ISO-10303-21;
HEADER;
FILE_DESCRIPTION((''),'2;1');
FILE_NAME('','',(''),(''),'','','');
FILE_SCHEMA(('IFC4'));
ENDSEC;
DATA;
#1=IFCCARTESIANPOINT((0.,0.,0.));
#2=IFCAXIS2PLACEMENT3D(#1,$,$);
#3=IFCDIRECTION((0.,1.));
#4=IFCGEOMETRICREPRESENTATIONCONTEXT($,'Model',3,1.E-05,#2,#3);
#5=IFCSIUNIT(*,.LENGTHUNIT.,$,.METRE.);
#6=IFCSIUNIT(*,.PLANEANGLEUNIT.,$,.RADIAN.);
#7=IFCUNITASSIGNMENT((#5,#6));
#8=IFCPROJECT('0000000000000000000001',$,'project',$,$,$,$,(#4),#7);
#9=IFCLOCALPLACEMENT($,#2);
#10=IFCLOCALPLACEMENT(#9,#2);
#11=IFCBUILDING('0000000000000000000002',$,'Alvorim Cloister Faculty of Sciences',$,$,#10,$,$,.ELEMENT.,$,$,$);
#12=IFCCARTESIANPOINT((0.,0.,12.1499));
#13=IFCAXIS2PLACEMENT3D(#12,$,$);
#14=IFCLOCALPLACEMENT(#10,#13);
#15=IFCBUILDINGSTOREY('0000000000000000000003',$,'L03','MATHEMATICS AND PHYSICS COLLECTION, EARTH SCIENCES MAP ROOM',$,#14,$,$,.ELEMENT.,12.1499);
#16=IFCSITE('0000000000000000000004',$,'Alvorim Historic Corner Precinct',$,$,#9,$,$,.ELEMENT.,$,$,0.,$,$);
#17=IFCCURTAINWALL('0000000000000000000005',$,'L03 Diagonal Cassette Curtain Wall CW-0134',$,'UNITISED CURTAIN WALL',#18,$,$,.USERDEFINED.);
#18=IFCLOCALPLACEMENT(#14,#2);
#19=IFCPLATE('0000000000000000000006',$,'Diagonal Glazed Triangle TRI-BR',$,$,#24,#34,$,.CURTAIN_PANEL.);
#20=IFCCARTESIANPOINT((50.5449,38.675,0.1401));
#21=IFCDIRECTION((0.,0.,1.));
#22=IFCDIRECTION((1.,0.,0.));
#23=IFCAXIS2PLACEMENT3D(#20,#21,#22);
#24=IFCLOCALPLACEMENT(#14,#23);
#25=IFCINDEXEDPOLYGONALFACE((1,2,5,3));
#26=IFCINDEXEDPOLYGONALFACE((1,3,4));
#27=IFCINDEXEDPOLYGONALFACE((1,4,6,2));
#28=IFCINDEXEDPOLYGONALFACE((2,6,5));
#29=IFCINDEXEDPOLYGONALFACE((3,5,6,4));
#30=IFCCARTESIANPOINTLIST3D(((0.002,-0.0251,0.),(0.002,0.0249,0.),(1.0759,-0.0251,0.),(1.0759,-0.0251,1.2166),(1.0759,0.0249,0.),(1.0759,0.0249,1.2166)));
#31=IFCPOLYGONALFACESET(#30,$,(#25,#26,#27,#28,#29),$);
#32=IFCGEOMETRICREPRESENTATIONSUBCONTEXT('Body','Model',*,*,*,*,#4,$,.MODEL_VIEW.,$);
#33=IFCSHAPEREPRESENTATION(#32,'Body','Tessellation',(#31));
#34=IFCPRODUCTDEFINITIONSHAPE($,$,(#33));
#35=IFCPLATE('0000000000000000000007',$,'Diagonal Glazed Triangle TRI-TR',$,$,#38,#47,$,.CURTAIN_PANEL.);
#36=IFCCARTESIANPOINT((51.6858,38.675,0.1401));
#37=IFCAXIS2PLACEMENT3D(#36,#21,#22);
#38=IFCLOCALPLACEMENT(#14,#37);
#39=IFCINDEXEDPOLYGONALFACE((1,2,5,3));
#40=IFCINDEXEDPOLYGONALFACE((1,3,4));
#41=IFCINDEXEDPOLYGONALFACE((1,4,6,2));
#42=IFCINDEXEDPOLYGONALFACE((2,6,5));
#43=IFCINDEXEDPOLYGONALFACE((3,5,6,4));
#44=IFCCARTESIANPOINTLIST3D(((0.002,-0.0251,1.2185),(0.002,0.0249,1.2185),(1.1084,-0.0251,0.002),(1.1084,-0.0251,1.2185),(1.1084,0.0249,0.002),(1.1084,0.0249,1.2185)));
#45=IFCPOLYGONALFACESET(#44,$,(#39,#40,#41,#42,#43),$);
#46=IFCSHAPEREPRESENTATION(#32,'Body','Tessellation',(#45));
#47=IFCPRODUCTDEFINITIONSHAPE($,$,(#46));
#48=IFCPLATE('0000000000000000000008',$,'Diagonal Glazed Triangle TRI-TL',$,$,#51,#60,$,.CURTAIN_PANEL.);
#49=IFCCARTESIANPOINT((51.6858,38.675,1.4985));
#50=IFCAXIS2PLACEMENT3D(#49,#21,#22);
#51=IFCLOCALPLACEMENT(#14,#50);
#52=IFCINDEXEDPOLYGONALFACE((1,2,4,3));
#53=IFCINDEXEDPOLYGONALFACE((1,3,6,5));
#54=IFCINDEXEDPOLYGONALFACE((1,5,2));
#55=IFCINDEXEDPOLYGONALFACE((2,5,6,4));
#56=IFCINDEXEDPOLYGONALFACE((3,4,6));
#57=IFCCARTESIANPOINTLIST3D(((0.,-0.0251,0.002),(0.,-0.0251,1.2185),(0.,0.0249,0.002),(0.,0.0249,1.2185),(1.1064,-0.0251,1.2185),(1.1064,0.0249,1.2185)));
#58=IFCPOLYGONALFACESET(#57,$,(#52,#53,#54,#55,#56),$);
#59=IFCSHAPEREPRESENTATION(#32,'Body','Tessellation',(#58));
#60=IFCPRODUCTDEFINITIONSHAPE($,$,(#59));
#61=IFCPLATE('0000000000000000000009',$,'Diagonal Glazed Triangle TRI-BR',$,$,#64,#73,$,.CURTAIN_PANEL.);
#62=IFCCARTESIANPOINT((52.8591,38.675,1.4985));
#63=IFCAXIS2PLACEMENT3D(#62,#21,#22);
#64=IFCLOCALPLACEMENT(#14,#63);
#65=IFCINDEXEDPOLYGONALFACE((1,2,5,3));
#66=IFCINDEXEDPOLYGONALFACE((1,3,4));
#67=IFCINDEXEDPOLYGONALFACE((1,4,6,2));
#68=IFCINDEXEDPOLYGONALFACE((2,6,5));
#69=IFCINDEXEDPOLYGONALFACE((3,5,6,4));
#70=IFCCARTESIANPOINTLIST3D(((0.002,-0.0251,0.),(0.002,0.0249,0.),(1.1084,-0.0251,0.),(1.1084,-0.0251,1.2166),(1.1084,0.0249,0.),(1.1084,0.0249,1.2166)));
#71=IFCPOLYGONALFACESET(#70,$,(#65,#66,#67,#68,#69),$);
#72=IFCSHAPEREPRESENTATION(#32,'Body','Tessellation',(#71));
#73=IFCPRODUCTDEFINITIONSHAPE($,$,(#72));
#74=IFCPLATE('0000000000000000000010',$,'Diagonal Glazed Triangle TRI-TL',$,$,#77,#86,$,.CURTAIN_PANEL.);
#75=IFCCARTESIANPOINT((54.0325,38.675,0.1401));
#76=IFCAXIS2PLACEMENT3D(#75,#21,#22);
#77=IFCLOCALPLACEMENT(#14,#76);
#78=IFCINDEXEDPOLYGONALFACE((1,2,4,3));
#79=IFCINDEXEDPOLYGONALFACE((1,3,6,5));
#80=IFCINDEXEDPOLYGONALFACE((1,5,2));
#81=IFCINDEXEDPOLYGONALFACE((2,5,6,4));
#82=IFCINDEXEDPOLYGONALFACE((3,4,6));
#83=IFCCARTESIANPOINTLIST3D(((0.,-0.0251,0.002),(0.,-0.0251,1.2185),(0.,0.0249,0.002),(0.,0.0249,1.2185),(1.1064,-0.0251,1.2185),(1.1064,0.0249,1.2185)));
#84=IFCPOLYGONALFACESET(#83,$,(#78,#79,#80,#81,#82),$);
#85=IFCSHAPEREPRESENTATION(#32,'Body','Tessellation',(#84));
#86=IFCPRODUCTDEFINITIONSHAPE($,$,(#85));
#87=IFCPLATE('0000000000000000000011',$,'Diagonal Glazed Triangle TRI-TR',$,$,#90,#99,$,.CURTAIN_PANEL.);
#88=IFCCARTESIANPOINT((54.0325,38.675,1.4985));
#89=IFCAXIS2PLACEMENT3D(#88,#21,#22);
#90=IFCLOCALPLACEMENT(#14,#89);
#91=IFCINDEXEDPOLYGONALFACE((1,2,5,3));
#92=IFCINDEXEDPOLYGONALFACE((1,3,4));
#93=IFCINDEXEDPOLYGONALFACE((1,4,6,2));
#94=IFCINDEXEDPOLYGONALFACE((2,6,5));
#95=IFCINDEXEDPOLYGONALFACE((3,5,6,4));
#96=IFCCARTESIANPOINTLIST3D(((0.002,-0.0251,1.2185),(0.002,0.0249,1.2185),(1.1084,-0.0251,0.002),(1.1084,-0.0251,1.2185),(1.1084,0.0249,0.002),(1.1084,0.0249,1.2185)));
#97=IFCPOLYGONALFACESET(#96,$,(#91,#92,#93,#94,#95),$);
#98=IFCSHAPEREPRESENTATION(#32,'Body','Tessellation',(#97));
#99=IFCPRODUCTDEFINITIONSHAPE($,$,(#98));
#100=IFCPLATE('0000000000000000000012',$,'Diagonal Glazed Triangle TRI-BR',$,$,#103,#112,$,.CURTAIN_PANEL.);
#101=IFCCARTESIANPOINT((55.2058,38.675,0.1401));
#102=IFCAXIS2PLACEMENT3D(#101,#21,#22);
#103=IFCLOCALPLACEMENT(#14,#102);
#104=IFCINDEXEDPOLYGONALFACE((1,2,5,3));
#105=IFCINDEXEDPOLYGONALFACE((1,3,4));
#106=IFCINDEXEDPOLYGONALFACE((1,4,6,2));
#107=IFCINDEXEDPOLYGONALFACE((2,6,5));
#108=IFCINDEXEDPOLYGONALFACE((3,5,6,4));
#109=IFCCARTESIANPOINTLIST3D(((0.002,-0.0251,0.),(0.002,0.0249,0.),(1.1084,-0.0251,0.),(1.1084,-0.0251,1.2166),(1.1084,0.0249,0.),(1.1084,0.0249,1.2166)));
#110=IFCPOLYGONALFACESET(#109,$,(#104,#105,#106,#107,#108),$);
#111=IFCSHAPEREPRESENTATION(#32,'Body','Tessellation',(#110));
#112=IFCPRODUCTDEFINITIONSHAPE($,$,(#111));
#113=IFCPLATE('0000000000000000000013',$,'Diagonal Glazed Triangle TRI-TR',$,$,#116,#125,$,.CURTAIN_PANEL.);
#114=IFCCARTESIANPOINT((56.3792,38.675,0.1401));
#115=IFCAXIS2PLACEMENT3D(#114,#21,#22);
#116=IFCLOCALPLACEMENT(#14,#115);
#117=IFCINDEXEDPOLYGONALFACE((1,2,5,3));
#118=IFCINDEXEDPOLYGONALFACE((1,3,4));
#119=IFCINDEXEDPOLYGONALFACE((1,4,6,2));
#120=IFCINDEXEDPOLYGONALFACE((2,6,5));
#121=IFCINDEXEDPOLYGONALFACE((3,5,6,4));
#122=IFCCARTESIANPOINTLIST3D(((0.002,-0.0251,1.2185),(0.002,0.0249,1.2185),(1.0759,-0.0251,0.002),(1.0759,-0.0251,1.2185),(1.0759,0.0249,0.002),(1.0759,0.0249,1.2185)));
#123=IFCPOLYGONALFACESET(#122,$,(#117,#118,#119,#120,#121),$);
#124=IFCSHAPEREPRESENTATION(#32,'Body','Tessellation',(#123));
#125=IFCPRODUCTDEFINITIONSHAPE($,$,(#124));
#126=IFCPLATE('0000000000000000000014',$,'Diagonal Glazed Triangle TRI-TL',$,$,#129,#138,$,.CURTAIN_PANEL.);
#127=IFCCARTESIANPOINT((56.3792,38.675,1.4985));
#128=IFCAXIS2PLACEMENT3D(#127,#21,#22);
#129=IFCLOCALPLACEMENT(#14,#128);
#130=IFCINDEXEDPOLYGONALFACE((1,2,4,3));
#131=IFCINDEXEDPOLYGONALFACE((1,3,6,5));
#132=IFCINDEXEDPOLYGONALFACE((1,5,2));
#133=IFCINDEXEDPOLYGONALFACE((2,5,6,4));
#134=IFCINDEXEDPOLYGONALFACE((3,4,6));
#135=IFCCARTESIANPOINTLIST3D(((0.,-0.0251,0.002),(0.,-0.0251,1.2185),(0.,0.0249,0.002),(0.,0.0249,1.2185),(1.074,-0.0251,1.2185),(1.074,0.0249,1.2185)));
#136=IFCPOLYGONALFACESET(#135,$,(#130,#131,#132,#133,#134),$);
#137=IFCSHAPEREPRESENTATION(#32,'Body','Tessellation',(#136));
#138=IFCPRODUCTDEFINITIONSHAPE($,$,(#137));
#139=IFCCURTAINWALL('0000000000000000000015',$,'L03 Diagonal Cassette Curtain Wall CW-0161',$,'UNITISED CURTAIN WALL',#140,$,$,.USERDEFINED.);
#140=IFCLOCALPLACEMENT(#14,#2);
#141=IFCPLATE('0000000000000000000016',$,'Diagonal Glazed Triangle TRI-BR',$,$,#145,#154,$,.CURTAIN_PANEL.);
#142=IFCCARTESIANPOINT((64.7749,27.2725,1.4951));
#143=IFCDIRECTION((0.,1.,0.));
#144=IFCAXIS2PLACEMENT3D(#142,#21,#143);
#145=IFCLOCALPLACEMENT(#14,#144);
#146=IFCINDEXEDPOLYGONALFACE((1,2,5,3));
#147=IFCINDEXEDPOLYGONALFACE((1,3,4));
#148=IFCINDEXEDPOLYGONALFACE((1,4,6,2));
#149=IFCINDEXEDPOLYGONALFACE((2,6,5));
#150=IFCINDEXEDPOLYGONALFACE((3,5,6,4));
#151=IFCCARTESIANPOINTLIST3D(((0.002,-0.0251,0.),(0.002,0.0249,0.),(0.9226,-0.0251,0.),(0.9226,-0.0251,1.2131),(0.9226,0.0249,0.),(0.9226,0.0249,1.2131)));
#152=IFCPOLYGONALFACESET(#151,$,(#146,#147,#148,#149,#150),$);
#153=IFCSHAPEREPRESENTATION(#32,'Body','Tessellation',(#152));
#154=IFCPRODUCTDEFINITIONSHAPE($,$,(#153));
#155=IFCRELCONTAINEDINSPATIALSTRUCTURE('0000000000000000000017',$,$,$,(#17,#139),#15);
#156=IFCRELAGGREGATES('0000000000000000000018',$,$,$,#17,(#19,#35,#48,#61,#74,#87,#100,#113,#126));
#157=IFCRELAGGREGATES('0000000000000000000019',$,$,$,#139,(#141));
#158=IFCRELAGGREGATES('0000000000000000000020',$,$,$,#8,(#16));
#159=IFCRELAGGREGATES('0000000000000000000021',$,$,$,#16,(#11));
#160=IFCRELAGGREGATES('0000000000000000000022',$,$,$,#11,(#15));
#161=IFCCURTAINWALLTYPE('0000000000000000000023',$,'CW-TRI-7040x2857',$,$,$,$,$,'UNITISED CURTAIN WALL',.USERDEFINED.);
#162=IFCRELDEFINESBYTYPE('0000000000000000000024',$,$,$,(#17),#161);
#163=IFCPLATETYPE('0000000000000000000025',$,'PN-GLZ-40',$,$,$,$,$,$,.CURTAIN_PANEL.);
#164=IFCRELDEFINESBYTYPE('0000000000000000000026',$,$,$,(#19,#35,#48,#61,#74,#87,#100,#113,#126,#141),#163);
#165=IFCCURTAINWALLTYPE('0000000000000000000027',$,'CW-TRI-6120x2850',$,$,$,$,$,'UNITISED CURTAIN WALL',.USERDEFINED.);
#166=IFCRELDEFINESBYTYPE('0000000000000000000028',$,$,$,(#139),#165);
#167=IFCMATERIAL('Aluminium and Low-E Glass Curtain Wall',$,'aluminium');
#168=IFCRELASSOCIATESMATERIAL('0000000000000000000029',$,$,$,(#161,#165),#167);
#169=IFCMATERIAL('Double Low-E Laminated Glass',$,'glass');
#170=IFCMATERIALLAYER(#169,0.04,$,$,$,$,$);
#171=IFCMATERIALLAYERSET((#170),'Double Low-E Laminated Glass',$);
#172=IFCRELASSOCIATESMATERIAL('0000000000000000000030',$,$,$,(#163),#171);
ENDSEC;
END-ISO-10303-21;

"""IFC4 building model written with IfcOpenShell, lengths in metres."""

from ifc_helpers import new_model, si_unit, direction, frame, origin, place, context, subcontext, project, spatial, polyline, outline, extrude, material, layer, layer_set, type_object, element, aggregate, save


model = new_model("IFC4")

# Units and contexts
model_context = context("Model", 3, precision=1e-05, world=origin(), true_north=direction((0.0, 1.0)))
body_context = subcontext(model_context, "Body", "Model", "MODEL_VIEW")
ifc_project = project(units=[si_unit("LENGTHUNIT", "METRE"), si_unit("PLANEANGLEUNIT", "RADIAN")], contexts=[model_context])

# Site, building, storey
site_placement = place(None, origin())
site = spatial("IfcSite", under=ifc_project, at=site_placement, Name="Alvorim Historic Corner Precinct", CompositionType="ELEMENT", RefElevation=0.0)
building_placement = place(site_placement, origin())
building = spatial("IfcBuilding", under=site, at=building_placement, Name="Alvorim Cloister Faculty of Sciences", CompositionType="ELEMENT")
storey_placement = place(building_placement, frame((0.0, 0.0, 12.1499)))
storey = spatial("IfcBuildingStorey", under=building, at=storey_placement, Name="L03", Description="MATHEMATICS AND PHYSICS COLLECTION, EARTH SCIENCES MAP ROOM", CompositionType="ELEMENT", Elevation=12.1499)

# Curtain wall, plates
ifc_material_1 = material(Name="Aluminium and Low-E Glass Curtain Wall", Category="aluminium")
curtain_wall_type_1 = type_object("IfcCurtainWallType", Name="CW-TRI-7040x2857", ElementType="UNITISED CURTAIN WALL", PredefinedType="USERDEFINED", material=ifc_material_1)
curtain_wall_1_placement = place(storey_placement, origin())
curtain_wall_1 = element("IfcCurtainWall", 1, at=curtain_wall_1_placement, inside=storey, type_object=curtain_wall_type_1, Name="L03 Diagonal Cassette Curtain Wall CW-0134", ObjectType="UNITISED CURTAIN WALL", PredefinedType="USERDEFINED")
ifc_material_2 = material(Name="Double Low-E Laminated Glass", Category="glass")
ifc_layer_1 = layer(ifc_material_2, 0.04)
ifc_layer_set_1 = layer_set([ifc_layer_1], Name="Double Low-E Laminated Glass")
plate_type = type_object("IfcPlateType", Name="PN-GLZ-40", PredefinedType="CURTAIN_PANEL", material=ifc_layer_set_1)
plate_1_placement = place(storey_placement, frame((50.5449, 38.675, 0.1401), z_axis=(0.0, 0.0, 1.0), x_axis=(1.0, 0.0, 0.0)))
plate_1 = element("IfcPlate", 2, at=plate_1_placement, type_object=plate_type, Name="Diagonal Glazed Triangle TRI-BR", PredefinedType="CURTAIN_PANEL", context=body_context, shape_type="SweptSolid", body=[
    extrude(outline(polyline([(0.002, 0.0), (1.0759, 0.0), (1.0759, 1.2166), (0.002, 0.0)])), frame((0.0, 0.0249, 0.0), z_axis=(0.0, -1.0, 0.0), x_axis=(1.0, 0.0, 0.0)), (0.0, 0.0, 1.0), 0.05),
])
plate_2_placement = place(storey_placement, frame((51.6858, 38.675, 0.1401), z_axis=(0.0, 0.0, 1.0), x_axis=(1.0, 0.0, 0.0)))
plate_2 = element("IfcPlate", 3, at=plate_2_placement, type_object=plate_type, Name="Diagonal Glazed Triangle TRI-TR", PredefinedType="CURTAIN_PANEL", context=body_context, shape_type="SweptSolid", body=[
    extrude(outline(polyline([(1.1084, 0.002), (1.1084, 1.2185), (0.002, 1.2185), (1.1084, 0.002)])), frame((0.0, 0.0249, 0.0), z_axis=(0.0, -1.0, 0.0), x_axis=(1.0, 0.0, 0.0)), (0.0, 0.0, 1.0), 0.05),
])
plate_3_placement = place(storey_placement, frame((51.6858, 38.675, 1.4985), z_axis=(0.0, 0.0, 1.0), x_axis=(1.0, 0.0, 0.0)))
plate_3 = element("IfcPlate", 4, at=plate_3_placement, type_object=plate_type, Name="Diagonal Glazed Triangle TRI-TL", PredefinedType="CURTAIN_PANEL", context=body_context, shape_type="SweptSolid", body=[
    extrude(outline(polyline([(1.1064, 1.2185), (0.0, 1.2185), (0.0, 0.002), (1.1064, 1.2185)])), frame((0.0, 0.0249, 0.0), z_axis=(0.0, -1.0, 0.0), x_axis=(1.0, 0.0, 0.0)), (0.0, 0.0, 1.0), 0.05),
])
plate_4_placement = place(storey_placement, frame((52.8591, 38.675, 1.4985), z_axis=(0.0, 0.0, 1.0), x_axis=(1.0, 0.0, 0.0)))
plate_4 = element("IfcPlate", 5, at=plate_4_placement, type_object=plate_type, Name="Diagonal Glazed Triangle TRI-BR", PredefinedType="CURTAIN_PANEL", context=body_context, shape_type="SweptSolid", body=[
    extrude(outline(polyline([(0.002, 0.0), (1.1084, 0.0), (1.1084, 1.2166), (0.002, 0.0)])), frame((0.0, 0.0249, 0.0), z_axis=(0.0, -1.0, 0.0), x_axis=(1.0, 0.0, 0.0)), (0.0, 0.0, 1.0), 0.05),
])
plate_5_placement = place(storey_placement, frame((54.0325, 38.675, 0.1401), z_axis=(0.0, 0.0, 1.0), x_axis=(1.0, 0.0, 0.0)))
plate_5 = element("IfcPlate", 6, at=plate_5_placement, type_object=plate_type, Name="Diagonal Glazed Triangle TRI-TL", PredefinedType="CURTAIN_PANEL", context=body_context, shape_type="SweptSolid", body=[
    extrude(outline(polyline([(1.1064, 1.2185), (0.0, 1.2185), (0.0, 0.002), (1.1064, 1.2185)])), frame((0.0, 0.0249, 0.0), z_axis=(0.0, -1.0, 0.0), x_axis=(1.0, 0.0, 0.0)), (0.0, 0.0, 1.0), 0.05),
])
plate_6_placement = place(storey_placement, frame((54.0325, 38.675, 1.4985), z_axis=(0.0, 0.0, 1.0), x_axis=(1.0, 0.0, 0.0)))
plate_6 = element("IfcPlate", 7, at=plate_6_placement, type_object=plate_type, Name="Diagonal Glazed Triangle TRI-TR", PredefinedType="CURTAIN_PANEL", context=body_context, shape_type="SweptSolid", body=[
    extrude(outline(polyline([(1.1084, 0.002), (1.1084, 1.2185), (0.002, 1.2185), (1.1084, 0.002)])), frame((0.0, 0.0249, 0.0), z_axis=(0.0, -1.0, 0.0), x_axis=(1.0, 0.0, 0.0)), (0.0, 0.0, 1.0), 0.05),
])
plate_7_placement = place(storey_placement, frame((55.2058, 38.675, 0.1401), z_axis=(0.0, 0.0, 1.0), x_axis=(1.0, 0.0, 0.0)))
plate_7 = element("IfcPlate", 8, at=plate_7_placement, type_object=plate_type, Name="Diagonal Glazed Triangle TRI-BR", PredefinedType="CURTAIN_PANEL", context=body_context, shape_type="SweptSolid", body=[
    extrude(outline(polyline([(0.002, 0.0), (1.1084, 0.0), (1.1084, 1.2166), (0.002, 0.0)])), frame((0.0, 0.0249, 0.0), z_axis=(0.0, -1.0, 0.0), x_axis=(1.0, 0.0, 0.0)), (0.0, 0.0, 1.0), 0.05),
])
plate_8_placement = place(storey_placement, frame((56.3792, 38.675, 0.1401), z_axis=(0.0, 0.0, 1.0), x_axis=(1.0, 0.0, 0.0)))
plate_8 = element("IfcPlate", 9, at=plate_8_placement, type_object=plate_type, Name="Diagonal Glazed Triangle TRI-TR", PredefinedType="CURTAIN_PANEL", context=body_context, shape_type="SweptSolid", body=[
    extrude(outline(polyline([(1.0759, 0.002), (1.0759, 1.2185), (0.002, 1.2185), (1.0759, 0.002)])), frame((0.0, 0.0249, 0.0), z_axis=(0.0, -1.0, 0.0), x_axis=(1.0, 0.0, 0.0)), (0.0, 0.0, 1.0), 0.05),
])
plate_9_placement = place(storey_placement, frame((56.3792, 38.675, 1.4985), z_axis=(0.0, 0.0, 1.0), x_axis=(1.0, 0.0, 0.0)))
plate_9 = element("IfcPlate", 10, at=plate_9_placement, type_object=plate_type, Name="Diagonal Glazed Triangle TRI-TL", PredefinedType="CURTAIN_PANEL", context=body_context, shape_type="SweptSolid", body=[
    extrude(outline(polyline([(1.074, 1.2185), (0.0, 1.2185), (0.0, 0.002), (1.074, 1.2185)])), frame((0.0, 0.0249, 0.0), z_axis=(0.0, -1.0, 0.0), x_axis=(1.0, 0.0, 0.0)), (0.0, 0.0, 1.0), 0.05),
])
aggregate(curtain_wall_1, [plate_1, plate_2, plate_3, plate_4, plate_5, plate_6, plate_7, plate_8, plate_9])

# Curtain wall, plate
curtain_wall_type_2 = type_object("IfcCurtainWallType", Name="CW-TRI-6120x2850", ElementType="UNITISED CURTAIN WALL", PredefinedType="USERDEFINED", material=ifc_material_1)
curtain_wall_2_placement = place(storey_placement, origin())
curtain_wall_2 = element("IfcCurtainWall", 11, at=curtain_wall_2_placement, inside=storey, type_object=curtain_wall_type_2, Name="L03 Diagonal Cassette Curtain Wall CW-0161", ObjectType="UNITISED CURTAIN WALL", PredefinedType="USERDEFINED")
plate_10_placement = place(storey_placement, frame((64.7749, 27.2725, 1.4951), z_axis=(0.0, 0.0, 1.0), x_axis=(0.0, 1.0, 0.0)))
plate_10 = element("IfcPlate", 12, at=plate_10_placement, type_object=plate_type, Name="Diagonal Glazed Triangle TRI-BR", PredefinedType="CURTAIN_PANEL", context=body_context, shape_type="SweptSolid", body=[
    extrude(outline(polyline([(0.002, 0.0), (0.9226, 0.0), (0.9226, 1.2131), (0.002, 0.0)])), frame((0.0, 0.0249, 0.0), z_axis=(0.0, -1.0, 0.0), x_axis=(1.0, 0.0, 0.0)), (0.0, 0.0, 1.0), 0.05),
])
aggregate(curtain_wall_2, [plate_10])

save(model, "model.ifc")
